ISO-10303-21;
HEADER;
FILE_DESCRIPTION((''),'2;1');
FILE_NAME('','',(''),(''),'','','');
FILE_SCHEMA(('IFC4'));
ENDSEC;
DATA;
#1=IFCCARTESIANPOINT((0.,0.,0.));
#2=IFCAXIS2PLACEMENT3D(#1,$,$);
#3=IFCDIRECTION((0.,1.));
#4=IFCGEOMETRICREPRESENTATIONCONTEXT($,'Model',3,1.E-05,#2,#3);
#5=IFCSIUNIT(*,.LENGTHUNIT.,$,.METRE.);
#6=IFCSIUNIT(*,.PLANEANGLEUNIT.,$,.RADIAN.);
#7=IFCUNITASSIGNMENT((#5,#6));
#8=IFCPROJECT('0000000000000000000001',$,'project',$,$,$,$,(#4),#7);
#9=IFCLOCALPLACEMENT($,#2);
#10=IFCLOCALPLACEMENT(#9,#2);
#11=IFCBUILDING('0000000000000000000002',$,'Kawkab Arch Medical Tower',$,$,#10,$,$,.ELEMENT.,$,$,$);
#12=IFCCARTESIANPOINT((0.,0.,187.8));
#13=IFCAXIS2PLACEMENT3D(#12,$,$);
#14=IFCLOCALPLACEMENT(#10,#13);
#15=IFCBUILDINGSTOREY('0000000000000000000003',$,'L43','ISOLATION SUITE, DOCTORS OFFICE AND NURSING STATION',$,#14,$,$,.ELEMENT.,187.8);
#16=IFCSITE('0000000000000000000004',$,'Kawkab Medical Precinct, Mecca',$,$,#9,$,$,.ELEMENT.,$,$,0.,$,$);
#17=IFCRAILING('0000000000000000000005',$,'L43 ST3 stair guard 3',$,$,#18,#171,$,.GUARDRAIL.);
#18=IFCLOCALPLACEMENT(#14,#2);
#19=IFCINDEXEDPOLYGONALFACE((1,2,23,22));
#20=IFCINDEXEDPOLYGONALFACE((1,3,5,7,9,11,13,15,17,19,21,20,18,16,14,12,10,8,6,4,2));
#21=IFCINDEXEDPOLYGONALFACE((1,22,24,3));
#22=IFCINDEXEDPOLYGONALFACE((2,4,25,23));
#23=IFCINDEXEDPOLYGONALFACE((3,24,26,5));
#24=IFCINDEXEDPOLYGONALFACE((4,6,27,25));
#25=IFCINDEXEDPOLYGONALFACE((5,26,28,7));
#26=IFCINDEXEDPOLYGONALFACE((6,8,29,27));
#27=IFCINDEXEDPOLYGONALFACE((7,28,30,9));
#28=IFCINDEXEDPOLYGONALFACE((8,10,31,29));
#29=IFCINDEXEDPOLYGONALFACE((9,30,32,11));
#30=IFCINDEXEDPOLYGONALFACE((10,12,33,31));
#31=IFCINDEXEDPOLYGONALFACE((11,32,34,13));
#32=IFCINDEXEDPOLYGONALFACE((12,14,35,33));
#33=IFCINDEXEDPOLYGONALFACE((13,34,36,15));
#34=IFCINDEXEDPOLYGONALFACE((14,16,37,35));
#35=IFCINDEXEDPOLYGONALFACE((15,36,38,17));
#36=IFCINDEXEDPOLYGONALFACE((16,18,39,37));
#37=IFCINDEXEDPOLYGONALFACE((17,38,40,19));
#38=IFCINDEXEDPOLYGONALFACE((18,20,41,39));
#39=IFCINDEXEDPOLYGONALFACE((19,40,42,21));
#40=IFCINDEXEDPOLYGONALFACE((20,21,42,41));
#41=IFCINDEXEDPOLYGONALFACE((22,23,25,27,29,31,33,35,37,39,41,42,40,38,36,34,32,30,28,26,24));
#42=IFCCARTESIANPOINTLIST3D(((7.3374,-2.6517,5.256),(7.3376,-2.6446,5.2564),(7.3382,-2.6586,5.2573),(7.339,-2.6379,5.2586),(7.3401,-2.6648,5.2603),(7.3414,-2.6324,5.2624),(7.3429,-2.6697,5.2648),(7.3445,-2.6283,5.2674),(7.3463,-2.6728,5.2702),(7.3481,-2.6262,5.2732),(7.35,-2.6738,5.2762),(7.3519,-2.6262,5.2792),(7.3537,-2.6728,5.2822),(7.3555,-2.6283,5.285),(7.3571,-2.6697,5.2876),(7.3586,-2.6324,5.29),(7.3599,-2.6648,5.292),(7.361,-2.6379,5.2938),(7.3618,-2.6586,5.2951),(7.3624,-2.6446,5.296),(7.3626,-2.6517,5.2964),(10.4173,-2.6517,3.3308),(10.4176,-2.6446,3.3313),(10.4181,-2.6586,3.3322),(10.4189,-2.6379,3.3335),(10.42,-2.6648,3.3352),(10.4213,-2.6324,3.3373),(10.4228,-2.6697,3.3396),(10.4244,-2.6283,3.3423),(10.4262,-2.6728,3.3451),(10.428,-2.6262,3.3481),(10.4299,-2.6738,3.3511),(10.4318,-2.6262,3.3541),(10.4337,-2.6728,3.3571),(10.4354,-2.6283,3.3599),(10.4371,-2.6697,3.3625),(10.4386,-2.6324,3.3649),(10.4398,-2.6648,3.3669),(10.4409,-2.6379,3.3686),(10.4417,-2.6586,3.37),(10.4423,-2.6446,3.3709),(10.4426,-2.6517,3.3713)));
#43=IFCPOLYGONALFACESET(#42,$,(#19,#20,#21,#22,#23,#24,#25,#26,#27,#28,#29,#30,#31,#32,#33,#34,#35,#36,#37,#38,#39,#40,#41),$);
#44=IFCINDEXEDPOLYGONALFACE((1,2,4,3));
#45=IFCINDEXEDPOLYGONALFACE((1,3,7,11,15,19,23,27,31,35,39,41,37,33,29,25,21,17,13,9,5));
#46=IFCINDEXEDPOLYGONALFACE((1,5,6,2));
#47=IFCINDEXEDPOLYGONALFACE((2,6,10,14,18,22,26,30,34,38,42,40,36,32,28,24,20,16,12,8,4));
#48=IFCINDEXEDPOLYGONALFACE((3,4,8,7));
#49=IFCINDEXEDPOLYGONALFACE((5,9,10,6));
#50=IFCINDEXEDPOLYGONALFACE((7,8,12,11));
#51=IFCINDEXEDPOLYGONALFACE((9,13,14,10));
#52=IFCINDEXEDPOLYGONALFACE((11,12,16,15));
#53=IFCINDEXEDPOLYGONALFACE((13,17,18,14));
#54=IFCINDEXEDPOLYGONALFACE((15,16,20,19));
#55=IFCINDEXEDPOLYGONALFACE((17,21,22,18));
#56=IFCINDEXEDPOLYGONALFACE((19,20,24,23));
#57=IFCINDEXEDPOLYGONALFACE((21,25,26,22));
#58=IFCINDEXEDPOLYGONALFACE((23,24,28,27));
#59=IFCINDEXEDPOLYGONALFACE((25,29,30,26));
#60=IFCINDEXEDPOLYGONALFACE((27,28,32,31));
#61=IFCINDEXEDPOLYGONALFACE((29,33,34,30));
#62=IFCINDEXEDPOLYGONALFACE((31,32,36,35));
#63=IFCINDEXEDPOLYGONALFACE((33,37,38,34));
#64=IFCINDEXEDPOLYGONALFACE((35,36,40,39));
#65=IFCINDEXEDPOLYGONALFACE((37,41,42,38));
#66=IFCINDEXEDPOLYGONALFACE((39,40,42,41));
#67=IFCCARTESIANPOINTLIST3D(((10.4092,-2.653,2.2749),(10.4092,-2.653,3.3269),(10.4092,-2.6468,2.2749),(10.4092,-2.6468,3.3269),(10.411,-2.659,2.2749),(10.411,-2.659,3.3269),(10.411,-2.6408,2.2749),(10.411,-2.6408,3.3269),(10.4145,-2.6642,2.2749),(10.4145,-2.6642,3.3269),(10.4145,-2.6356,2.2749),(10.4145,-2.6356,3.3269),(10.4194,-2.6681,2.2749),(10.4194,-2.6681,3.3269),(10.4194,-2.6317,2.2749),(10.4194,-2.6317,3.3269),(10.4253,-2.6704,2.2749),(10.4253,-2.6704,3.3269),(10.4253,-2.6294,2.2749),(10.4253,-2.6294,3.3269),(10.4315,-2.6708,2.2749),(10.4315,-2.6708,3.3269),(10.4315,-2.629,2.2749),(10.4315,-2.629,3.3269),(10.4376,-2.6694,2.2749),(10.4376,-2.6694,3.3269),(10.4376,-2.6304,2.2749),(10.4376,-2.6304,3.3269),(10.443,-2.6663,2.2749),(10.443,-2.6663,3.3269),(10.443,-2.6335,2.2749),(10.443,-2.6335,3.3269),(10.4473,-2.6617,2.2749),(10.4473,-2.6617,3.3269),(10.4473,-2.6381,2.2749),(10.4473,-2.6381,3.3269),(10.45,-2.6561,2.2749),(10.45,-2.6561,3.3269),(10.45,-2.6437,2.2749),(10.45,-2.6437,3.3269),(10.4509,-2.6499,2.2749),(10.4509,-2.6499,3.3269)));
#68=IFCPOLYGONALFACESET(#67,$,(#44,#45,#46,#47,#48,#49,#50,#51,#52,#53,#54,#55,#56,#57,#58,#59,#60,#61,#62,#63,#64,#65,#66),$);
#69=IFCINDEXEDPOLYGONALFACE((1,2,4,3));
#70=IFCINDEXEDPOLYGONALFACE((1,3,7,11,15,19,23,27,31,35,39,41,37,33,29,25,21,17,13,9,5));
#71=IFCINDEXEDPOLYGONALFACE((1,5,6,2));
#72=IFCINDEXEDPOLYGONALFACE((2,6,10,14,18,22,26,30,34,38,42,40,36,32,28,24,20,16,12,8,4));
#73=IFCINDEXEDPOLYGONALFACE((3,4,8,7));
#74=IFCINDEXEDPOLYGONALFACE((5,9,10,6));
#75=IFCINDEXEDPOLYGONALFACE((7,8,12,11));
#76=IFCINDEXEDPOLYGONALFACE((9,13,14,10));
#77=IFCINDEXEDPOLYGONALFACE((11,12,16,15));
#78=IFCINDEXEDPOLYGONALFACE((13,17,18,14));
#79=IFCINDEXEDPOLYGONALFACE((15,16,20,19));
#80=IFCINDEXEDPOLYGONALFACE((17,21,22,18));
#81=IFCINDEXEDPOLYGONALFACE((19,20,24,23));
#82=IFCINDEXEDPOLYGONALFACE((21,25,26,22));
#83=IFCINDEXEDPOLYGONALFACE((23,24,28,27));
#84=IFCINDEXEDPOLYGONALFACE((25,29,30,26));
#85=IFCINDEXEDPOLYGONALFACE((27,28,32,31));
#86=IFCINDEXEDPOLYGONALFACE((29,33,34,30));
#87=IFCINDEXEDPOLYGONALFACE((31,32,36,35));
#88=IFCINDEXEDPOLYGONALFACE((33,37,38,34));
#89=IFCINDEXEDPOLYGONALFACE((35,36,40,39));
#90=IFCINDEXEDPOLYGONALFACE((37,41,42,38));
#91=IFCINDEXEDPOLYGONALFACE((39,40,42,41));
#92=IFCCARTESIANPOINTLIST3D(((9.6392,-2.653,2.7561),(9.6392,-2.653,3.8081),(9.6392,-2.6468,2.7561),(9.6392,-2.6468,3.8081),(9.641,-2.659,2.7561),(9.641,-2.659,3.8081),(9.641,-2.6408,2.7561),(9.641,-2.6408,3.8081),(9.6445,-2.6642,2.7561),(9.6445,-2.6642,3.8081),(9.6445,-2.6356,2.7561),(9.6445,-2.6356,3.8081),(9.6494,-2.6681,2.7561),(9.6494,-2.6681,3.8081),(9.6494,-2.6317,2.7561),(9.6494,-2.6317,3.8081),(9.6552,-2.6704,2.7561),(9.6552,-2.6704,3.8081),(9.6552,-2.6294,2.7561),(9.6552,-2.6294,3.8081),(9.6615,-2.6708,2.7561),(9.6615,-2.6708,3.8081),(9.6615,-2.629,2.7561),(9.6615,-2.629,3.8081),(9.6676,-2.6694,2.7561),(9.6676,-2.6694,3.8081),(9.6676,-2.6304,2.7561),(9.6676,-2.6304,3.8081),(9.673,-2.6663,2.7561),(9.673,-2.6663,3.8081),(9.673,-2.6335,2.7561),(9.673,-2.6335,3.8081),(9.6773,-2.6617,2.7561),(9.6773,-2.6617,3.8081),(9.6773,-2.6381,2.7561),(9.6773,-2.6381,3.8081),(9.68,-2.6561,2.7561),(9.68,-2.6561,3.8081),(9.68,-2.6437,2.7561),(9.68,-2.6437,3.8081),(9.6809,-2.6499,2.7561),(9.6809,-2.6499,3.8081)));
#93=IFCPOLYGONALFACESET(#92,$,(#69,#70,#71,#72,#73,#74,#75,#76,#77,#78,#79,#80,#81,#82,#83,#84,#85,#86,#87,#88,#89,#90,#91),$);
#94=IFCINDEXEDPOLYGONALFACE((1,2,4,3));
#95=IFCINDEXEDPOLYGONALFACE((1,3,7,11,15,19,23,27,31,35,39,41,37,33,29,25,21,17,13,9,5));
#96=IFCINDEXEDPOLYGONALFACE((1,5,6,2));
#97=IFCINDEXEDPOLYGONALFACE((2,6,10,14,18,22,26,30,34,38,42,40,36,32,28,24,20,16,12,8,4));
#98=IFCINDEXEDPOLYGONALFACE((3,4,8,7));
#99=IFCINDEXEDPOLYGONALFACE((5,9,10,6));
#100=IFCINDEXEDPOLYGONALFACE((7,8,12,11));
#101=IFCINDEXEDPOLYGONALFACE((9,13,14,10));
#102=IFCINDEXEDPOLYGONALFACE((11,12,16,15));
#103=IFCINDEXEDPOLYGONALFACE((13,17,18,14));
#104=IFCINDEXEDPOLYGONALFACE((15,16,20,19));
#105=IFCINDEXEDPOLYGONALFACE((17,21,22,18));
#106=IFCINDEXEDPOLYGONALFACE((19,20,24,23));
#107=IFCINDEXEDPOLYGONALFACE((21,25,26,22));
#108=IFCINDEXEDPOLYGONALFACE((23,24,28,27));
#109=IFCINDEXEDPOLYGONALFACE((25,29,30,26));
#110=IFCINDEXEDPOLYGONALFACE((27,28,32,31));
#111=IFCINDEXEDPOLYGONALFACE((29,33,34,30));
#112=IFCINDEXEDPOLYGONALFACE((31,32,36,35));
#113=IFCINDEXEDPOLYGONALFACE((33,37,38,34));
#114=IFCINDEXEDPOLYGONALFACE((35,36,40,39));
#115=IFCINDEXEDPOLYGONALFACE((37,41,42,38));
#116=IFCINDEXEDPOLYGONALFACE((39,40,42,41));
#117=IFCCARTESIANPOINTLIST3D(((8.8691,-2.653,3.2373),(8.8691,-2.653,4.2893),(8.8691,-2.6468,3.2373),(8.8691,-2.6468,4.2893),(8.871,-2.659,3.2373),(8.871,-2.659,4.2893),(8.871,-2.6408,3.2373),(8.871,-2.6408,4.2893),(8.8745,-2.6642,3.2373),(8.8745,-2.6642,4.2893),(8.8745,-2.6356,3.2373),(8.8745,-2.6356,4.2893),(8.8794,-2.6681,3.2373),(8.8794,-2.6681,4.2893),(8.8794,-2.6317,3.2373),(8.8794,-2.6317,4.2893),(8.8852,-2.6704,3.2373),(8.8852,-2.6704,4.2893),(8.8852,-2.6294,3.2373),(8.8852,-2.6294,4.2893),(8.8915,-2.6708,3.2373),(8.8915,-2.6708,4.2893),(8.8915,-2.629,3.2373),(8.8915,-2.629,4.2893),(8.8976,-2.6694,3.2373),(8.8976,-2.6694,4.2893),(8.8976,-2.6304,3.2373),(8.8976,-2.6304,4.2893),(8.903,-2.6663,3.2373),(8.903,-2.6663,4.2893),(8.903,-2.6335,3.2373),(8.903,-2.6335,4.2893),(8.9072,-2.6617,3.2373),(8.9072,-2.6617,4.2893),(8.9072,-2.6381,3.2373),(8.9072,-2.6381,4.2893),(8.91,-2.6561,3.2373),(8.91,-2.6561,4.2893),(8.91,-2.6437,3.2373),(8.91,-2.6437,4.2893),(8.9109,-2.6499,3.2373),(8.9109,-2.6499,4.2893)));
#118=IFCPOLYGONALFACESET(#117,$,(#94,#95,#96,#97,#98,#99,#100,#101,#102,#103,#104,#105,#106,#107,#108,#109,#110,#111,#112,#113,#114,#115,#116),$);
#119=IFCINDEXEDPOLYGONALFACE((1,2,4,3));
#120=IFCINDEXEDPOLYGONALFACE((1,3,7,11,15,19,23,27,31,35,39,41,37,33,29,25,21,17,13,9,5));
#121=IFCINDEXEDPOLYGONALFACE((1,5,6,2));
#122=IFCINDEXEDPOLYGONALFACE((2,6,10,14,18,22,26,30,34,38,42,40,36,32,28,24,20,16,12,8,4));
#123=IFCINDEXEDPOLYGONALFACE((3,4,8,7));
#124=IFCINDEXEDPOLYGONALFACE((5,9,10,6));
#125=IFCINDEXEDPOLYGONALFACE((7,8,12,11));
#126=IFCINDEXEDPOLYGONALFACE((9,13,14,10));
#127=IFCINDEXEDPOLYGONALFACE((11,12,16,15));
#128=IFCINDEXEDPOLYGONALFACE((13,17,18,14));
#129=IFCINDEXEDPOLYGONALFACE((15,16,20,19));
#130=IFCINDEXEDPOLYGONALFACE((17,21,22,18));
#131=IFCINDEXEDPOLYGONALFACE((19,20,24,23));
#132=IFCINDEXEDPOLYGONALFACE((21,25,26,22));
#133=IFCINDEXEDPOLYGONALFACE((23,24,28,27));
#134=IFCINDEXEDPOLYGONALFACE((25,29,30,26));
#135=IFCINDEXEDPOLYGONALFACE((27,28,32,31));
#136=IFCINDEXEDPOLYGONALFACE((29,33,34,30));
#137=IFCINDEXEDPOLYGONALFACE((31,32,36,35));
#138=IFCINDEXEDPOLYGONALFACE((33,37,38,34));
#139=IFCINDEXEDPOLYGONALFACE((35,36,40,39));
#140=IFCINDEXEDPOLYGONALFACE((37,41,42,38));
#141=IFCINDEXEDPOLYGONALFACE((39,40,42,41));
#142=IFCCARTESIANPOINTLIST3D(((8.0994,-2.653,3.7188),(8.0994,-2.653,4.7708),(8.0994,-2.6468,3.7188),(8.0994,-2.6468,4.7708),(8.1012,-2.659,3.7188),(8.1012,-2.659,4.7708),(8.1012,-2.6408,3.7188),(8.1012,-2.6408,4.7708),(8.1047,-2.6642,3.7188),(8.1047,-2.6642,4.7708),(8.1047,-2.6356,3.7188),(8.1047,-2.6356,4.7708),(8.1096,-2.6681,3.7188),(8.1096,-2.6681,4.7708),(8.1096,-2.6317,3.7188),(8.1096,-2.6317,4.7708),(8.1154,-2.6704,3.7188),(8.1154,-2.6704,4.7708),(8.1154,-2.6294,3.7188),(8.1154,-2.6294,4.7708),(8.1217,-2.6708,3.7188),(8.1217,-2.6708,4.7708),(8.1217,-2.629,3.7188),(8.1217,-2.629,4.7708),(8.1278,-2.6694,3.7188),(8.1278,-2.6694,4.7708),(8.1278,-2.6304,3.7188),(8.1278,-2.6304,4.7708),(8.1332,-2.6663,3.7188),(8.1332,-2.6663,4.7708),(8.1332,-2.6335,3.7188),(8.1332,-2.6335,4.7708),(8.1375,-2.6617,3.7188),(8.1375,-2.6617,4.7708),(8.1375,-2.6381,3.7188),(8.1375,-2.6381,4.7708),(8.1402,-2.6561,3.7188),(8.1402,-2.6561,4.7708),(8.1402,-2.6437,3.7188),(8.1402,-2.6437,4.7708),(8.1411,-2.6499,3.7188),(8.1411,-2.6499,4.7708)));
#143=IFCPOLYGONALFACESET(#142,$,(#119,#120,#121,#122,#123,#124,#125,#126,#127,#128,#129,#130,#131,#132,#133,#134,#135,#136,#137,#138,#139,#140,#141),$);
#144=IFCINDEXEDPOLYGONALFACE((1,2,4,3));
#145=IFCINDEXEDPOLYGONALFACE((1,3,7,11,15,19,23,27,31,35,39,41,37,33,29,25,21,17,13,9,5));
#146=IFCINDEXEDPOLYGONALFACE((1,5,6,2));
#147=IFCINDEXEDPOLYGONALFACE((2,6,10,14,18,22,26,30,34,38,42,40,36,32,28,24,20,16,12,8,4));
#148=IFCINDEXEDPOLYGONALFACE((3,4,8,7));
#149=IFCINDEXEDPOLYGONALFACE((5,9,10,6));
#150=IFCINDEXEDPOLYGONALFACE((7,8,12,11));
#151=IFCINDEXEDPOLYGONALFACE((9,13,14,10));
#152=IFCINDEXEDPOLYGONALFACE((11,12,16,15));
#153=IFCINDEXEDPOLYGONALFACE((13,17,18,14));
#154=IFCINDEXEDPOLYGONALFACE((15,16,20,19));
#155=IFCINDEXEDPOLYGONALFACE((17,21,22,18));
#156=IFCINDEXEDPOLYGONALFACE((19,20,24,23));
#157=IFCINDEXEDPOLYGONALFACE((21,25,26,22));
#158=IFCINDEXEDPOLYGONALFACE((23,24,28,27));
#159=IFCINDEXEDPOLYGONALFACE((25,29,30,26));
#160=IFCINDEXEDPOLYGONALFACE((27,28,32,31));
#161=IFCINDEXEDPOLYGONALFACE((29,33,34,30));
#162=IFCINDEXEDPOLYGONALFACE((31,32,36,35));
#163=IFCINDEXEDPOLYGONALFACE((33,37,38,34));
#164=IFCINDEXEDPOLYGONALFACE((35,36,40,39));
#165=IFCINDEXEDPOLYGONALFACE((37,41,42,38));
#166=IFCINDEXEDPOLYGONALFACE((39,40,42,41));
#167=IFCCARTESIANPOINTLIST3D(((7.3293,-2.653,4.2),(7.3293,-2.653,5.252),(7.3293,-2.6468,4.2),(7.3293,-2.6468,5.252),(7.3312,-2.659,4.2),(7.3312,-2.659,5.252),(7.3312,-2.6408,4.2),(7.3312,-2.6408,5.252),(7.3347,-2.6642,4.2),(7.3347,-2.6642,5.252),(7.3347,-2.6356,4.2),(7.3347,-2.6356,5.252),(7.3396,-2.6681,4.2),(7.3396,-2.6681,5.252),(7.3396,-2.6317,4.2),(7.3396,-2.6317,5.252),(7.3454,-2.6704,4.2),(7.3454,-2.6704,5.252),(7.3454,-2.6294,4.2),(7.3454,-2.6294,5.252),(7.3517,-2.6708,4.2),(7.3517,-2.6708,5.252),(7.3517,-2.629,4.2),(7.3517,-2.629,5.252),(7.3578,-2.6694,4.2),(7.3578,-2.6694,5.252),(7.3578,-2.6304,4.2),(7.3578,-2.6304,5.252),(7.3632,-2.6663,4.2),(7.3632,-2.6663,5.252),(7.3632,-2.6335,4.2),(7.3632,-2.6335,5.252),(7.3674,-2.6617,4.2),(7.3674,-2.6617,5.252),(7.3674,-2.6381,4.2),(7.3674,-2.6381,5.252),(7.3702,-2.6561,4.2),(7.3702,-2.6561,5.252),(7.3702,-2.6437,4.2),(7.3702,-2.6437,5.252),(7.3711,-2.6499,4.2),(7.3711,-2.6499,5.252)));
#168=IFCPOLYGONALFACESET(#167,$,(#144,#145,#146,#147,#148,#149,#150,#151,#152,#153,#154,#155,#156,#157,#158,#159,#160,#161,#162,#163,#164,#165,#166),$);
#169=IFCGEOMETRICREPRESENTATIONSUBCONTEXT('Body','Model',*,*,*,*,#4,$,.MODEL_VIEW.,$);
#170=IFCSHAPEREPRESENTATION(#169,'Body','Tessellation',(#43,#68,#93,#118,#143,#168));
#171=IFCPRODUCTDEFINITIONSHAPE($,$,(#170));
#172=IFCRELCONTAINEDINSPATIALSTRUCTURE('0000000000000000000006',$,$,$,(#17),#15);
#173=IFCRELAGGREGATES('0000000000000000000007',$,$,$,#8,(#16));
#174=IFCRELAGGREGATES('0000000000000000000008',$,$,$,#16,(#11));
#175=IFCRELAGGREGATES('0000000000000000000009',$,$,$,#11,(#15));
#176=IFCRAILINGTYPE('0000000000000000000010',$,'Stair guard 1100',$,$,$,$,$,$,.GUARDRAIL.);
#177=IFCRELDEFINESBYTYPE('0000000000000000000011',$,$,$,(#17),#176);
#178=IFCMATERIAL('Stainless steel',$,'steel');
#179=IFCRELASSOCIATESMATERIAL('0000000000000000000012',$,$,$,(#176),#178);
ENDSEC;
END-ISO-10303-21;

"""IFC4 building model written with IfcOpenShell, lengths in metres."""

from ifc_helpers import new_model, si_unit, direction, frame, origin, origin_2d, place, context, subcontext, project, spatial, circle, extrude, material, type_object, element, save


model = new_model("IFC4")

# Units and contexts
model_context = context("Model", 3, precision=1e-05, world=origin(), true_north=direction((0.0, 1.0)))
body_context = subcontext(model_context, "Body", "Model", "MODEL_VIEW")
ifc_project = project(units=[si_unit("LENGTHUNIT", "METRE"), si_unit("PLANEANGLEUNIT", "RADIAN")], contexts=[model_context])

# Site, building, storey
site_placement = place(None, origin())
site = spatial("IfcSite", under=ifc_project, at=site_placement, Name="Kawkab Medical Precinct, Mecca", CompositionType="ELEMENT", RefElevation=0.0)
building_placement = place(site_placement, origin())
building = spatial("IfcBuilding", under=site, at=building_placement, Name="Kawkab Arch Medical Tower", CompositionType="ELEMENT")
storey_placement = place(building_placement, frame((0.0, 0.0, 187.8)))
storey = spatial("IfcBuildingStorey", under=building, at=storey_placement, Name="L43", Description="ISOLATION SUITE, DOCTORS OFFICE AND NURSING STATION", CompositionType="ELEMENT", Elevation=187.8)

# Railing
ifc_material_1 = material(Name="Stainless steel", Category="steel")
railing_type_1 = type_object("IfcRailingType", Name="Stair guard 1100", PredefinedType="GUARDRAIL", material=ifc_material_1)
railing_1_placement = place(storey_placement, frame((10.4299, -2.6499, 2.2749)))
element("IfcRailing", 1, at=railing_1_placement, inside=storey, type_object=railing_type_1, Name="L43 ST3 stair guard 3", PredefinedType="GUARDRAIL", context=body_context, shape_type="SweptSolid", body=[
    extrude(circle(Radius=0.0239, at=origin_2d()), frame((0.0, 0.0, 1.0762), z_axis=(-0.847979, 0.0, 0.530029), x_axis=(0.0, -1.0, 0.0)), (0.0, 0.0, 1.0), 3.6321),
    extrude(circle(Radius=0.021, at=origin_2d()), origin(), (0.0, 0.0, 1.0), 1.052),
    extrude(circle(Radius=0.021, at=origin_2d()), frame((-0.77, 0.0, 0.4812)), (0.0, 0.0, 1.0), 1.052),
    extrude(circle(Radius=0.021, at=origin_2d()), frame((-1.54, 0.0, 0.9624)), (0.0, 0.0, 1.0), 1.052),
    extrude(circle(Radius=0.021, at=origin_2d()), frame((-2.3098, 0.0, 1.4438)), (0.0, 0.0, 1.0), 1.052),
    extrude(circle(Radius=0.021, at=origin_2d()), frame((-3.0798, 0.0, 1.925)), (0.0, 0.0, 1.0), 1.052),
])

save(model, "model.ifc")
